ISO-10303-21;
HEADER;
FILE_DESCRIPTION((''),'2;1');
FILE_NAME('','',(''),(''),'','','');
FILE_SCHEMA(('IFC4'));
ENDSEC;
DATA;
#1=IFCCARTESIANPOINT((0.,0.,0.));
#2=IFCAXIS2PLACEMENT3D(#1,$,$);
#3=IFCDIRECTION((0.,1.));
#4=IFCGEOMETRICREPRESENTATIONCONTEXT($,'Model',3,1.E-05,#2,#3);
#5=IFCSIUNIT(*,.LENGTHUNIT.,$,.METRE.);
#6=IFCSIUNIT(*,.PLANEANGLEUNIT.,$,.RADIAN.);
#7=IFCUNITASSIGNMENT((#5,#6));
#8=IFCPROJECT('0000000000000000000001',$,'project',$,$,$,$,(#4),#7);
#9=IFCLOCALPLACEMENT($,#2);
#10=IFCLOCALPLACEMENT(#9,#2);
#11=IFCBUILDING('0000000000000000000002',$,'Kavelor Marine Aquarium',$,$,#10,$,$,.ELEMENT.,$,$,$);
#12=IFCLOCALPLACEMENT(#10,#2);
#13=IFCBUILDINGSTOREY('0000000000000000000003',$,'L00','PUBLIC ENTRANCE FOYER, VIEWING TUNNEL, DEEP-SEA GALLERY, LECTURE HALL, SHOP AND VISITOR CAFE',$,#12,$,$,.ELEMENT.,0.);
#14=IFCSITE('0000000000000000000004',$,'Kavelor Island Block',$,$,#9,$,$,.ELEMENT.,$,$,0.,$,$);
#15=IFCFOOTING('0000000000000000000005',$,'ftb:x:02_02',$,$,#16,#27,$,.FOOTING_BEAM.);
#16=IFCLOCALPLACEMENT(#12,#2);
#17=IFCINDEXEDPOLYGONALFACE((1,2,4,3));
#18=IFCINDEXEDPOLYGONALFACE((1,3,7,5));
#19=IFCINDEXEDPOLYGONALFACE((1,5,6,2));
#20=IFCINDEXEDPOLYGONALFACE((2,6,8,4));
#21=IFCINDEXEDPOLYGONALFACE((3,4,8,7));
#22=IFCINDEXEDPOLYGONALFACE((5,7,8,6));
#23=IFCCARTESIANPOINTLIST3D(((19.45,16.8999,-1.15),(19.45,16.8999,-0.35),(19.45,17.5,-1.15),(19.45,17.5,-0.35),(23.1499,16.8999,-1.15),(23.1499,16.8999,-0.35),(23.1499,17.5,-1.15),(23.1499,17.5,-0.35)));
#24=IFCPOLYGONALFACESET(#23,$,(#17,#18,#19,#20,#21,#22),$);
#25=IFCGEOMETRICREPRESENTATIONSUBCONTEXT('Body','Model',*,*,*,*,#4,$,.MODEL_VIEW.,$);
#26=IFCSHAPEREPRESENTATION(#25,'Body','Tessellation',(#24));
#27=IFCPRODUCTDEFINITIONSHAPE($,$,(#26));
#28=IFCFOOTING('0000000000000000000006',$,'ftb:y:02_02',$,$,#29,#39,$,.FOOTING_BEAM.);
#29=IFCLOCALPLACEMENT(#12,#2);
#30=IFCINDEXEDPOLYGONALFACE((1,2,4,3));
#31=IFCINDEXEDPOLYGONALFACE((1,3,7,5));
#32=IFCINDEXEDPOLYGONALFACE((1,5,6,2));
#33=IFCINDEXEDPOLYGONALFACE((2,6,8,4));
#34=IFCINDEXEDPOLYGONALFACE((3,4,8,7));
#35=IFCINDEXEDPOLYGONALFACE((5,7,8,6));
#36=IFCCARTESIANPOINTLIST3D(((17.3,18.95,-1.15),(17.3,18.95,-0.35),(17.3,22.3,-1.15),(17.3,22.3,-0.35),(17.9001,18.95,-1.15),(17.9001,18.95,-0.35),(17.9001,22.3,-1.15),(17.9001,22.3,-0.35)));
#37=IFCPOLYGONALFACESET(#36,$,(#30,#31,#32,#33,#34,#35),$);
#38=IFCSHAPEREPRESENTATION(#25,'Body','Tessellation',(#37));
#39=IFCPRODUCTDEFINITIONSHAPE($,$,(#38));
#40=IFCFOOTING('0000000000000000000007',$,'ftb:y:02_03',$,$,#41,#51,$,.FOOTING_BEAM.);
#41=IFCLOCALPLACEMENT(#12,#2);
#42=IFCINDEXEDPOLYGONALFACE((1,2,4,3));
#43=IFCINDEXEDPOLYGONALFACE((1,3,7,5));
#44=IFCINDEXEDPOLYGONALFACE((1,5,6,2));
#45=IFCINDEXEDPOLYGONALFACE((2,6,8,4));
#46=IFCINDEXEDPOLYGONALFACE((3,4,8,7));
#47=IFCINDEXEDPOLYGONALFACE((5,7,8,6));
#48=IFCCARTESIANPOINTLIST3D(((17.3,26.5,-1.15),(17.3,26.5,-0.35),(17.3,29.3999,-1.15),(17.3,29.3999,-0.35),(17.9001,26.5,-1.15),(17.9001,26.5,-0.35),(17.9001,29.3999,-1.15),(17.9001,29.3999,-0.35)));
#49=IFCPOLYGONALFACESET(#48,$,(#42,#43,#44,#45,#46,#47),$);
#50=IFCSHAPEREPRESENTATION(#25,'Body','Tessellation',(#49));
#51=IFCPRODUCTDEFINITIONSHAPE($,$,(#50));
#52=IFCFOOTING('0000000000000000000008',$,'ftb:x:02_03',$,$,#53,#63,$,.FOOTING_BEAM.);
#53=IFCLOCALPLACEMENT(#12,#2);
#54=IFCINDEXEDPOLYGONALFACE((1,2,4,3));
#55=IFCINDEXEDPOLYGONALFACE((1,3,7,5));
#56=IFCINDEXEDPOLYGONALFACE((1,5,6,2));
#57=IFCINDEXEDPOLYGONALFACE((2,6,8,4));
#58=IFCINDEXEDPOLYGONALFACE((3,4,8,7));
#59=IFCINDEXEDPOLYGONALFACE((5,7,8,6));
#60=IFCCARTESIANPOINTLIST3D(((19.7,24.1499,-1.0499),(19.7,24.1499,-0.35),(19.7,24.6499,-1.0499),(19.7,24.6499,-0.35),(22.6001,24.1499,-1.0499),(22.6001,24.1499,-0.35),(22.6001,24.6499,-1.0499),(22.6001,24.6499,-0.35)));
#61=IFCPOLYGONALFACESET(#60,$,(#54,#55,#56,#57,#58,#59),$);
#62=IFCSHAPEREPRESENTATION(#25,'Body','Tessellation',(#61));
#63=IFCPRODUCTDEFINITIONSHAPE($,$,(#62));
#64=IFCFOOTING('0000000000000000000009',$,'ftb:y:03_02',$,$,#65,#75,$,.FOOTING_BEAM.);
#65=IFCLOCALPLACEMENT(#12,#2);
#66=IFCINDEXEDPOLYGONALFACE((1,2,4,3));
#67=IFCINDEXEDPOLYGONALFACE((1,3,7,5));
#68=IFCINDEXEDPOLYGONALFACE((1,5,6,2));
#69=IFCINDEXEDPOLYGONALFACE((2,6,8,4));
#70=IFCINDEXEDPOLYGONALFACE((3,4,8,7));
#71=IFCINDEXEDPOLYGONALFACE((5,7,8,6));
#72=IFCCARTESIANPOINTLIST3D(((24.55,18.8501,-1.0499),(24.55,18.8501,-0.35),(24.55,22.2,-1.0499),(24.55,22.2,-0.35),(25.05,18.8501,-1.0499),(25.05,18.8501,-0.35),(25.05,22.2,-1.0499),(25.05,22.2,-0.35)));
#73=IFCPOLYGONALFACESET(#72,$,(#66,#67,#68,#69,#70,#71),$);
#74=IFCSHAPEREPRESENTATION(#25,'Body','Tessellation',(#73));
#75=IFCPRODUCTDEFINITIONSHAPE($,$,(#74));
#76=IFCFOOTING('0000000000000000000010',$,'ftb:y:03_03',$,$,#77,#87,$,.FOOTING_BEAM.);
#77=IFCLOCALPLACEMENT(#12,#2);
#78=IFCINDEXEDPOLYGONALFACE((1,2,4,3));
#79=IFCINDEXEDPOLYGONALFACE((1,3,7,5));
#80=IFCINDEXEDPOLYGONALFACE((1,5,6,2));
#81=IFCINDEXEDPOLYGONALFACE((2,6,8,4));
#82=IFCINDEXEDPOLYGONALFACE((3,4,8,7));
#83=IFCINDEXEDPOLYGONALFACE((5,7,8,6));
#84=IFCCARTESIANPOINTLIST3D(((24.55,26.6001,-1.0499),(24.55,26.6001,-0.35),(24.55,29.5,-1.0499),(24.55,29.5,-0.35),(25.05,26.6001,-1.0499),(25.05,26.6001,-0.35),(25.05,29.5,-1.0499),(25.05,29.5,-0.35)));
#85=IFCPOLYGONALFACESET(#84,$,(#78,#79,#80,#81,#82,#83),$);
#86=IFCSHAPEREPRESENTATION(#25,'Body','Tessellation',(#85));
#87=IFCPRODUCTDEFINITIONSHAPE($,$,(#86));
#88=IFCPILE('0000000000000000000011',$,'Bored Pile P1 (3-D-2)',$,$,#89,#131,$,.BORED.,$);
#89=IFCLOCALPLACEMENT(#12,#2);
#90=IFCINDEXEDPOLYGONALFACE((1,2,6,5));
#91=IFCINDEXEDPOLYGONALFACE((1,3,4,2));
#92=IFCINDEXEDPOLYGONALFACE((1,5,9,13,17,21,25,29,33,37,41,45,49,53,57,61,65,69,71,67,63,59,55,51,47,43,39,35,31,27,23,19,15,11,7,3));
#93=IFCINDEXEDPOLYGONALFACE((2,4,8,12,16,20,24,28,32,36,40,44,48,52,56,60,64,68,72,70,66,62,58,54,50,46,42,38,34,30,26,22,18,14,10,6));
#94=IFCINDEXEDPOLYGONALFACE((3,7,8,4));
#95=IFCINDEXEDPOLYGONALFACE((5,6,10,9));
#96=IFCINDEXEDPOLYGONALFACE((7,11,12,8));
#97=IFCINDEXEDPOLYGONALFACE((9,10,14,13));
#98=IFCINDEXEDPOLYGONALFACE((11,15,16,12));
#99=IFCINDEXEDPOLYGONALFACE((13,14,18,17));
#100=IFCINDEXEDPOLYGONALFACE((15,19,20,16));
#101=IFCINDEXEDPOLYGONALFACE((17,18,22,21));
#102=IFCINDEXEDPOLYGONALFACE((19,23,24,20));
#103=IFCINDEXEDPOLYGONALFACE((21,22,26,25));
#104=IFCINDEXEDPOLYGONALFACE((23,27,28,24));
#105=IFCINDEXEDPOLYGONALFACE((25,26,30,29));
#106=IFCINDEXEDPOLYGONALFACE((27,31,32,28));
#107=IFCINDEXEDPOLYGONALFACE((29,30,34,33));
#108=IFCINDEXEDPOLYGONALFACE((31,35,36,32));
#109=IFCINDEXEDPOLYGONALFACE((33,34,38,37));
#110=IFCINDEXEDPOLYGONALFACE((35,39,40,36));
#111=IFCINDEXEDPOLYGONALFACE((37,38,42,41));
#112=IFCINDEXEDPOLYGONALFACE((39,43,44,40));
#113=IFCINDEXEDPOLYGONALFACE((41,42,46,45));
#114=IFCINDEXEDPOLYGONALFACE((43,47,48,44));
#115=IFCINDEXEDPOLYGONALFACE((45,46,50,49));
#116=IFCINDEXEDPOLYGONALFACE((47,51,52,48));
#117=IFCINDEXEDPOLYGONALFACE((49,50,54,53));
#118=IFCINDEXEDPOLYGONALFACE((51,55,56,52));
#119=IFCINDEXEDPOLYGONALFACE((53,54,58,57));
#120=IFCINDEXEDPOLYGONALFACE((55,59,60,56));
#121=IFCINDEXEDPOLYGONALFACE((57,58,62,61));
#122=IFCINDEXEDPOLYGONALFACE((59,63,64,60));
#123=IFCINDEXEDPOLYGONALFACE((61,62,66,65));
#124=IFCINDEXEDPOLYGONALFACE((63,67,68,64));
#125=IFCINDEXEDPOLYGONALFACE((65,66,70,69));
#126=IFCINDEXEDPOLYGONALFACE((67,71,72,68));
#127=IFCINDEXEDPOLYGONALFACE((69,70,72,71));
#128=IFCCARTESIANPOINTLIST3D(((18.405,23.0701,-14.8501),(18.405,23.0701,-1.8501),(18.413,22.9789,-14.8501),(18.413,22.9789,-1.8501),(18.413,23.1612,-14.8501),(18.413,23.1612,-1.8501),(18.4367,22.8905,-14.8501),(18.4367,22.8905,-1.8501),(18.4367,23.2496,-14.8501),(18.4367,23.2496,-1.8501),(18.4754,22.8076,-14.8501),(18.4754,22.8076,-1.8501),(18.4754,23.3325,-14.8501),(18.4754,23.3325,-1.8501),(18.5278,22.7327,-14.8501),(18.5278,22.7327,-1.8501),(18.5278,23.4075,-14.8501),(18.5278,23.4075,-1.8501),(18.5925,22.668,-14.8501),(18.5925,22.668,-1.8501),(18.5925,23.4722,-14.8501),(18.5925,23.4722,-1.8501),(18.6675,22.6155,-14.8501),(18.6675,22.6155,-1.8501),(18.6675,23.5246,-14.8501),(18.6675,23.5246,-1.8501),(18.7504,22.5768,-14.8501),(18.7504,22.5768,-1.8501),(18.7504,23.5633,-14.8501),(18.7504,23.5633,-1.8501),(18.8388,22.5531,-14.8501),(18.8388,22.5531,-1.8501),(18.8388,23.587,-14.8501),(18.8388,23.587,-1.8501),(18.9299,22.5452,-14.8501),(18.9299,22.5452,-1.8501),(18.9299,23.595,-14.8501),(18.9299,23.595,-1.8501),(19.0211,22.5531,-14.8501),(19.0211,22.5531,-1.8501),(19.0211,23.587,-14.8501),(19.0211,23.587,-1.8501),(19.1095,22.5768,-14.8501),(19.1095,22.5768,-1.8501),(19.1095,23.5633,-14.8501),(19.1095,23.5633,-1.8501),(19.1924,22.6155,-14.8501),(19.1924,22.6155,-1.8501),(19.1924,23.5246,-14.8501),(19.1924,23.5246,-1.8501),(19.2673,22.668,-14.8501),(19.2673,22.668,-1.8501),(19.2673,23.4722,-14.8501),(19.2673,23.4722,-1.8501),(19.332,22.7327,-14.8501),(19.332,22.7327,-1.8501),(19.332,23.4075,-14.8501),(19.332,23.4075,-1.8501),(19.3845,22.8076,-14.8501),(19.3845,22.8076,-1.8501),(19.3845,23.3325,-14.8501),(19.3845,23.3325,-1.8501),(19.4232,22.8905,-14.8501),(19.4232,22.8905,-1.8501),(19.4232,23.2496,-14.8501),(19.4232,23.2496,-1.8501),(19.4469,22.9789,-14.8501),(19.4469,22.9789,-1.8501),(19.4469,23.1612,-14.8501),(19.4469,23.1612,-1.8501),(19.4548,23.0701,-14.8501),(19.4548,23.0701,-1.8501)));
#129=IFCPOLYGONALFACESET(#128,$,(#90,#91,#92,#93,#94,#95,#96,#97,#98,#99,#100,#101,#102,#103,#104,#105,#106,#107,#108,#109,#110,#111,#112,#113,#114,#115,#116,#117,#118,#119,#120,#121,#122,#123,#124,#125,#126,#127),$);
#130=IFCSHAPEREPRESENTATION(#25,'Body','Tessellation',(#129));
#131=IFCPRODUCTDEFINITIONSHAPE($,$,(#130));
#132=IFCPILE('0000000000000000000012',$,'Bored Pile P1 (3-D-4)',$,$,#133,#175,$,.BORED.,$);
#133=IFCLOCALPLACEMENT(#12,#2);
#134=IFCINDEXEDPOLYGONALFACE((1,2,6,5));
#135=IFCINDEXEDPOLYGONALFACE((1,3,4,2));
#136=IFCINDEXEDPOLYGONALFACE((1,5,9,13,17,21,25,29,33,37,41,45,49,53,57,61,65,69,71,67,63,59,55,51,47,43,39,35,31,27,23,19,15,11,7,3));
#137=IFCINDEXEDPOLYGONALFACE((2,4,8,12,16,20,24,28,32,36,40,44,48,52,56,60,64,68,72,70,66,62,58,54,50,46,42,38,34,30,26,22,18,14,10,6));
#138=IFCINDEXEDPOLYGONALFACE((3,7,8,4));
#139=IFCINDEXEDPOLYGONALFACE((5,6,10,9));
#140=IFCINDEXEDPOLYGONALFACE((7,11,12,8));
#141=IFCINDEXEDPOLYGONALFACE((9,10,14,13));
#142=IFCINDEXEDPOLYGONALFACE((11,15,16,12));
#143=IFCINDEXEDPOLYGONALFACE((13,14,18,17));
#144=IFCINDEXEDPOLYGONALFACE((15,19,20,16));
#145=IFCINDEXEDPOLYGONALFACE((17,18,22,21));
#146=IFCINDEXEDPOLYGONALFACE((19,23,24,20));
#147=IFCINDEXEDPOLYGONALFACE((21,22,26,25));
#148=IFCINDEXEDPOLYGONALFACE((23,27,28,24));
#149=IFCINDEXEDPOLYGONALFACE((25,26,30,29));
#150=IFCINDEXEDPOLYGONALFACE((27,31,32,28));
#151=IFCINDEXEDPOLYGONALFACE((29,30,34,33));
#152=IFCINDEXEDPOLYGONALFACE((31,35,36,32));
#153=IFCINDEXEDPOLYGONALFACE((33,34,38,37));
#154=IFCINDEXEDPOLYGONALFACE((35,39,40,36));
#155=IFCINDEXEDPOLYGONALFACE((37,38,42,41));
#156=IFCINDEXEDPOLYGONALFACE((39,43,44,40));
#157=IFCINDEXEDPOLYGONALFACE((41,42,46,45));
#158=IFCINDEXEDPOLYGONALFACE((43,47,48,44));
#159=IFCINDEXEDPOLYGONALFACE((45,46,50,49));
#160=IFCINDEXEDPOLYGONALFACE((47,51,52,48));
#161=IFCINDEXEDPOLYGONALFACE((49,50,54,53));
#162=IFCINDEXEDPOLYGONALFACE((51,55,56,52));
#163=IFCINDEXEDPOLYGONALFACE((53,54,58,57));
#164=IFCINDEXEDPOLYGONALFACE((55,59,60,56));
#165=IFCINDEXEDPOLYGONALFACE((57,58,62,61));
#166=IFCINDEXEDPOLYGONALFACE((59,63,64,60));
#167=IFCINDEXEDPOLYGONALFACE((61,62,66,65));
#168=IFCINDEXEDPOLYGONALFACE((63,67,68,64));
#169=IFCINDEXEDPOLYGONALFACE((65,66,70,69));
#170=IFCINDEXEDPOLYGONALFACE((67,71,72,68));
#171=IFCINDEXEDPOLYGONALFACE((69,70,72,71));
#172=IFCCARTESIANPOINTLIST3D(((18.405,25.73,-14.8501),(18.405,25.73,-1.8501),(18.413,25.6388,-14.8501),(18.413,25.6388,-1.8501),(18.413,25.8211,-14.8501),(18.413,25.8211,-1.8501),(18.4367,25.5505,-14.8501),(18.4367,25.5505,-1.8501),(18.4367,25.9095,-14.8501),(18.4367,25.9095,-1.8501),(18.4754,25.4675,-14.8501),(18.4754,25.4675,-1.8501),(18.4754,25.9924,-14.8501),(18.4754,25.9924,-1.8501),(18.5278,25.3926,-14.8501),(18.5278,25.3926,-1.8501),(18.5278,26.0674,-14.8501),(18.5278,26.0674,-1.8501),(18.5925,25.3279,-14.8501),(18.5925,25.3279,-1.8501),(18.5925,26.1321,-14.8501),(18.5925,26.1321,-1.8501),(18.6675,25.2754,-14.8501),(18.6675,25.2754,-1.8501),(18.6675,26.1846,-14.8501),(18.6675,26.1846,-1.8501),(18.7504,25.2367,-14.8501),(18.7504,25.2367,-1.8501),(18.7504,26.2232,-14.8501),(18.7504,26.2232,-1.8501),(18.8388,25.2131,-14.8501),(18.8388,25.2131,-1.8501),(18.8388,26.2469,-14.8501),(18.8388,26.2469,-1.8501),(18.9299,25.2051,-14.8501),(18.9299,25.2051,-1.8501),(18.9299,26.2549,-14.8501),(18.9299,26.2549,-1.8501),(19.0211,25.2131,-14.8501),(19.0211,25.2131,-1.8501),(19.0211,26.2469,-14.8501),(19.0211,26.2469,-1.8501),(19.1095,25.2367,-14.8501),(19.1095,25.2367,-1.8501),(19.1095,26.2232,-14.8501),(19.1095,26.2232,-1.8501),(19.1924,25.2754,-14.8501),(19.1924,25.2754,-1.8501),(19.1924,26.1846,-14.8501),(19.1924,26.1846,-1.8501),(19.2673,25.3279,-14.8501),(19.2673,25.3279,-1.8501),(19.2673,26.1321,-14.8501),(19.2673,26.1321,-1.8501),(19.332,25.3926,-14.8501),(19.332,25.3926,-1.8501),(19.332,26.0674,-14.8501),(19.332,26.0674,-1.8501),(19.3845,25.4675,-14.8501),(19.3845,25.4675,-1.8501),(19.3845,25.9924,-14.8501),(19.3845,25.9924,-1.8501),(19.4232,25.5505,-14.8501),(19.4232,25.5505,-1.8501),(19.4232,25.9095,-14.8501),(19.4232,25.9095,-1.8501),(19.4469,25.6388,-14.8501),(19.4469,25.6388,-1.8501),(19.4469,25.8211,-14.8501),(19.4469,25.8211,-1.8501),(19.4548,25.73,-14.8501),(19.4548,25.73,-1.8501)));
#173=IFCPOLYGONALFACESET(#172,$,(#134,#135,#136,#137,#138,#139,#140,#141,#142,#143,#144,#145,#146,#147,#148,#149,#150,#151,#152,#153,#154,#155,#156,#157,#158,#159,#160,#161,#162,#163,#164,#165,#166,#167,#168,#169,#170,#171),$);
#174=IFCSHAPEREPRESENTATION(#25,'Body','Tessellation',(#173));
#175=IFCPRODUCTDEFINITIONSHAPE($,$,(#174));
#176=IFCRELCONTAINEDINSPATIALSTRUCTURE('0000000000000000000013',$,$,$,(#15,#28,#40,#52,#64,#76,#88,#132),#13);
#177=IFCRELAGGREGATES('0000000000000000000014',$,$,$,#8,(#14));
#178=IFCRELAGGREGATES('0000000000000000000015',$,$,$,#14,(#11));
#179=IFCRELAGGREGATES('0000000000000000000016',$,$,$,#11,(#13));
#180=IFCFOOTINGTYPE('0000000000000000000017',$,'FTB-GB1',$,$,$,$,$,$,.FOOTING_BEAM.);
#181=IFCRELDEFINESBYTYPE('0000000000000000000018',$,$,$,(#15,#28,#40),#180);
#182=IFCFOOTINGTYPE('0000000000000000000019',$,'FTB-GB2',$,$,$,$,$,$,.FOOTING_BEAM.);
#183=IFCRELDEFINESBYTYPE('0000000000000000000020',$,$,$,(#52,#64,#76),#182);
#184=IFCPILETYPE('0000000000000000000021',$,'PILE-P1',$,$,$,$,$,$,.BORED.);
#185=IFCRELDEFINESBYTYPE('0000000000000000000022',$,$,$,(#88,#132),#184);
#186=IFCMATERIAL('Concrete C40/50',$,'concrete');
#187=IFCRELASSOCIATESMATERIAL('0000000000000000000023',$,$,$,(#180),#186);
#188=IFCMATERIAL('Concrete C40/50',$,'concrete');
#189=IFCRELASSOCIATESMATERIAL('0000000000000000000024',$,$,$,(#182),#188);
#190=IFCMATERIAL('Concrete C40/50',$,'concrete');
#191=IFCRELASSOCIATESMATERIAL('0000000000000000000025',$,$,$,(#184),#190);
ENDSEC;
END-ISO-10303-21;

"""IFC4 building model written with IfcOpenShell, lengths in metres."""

from ifc_helpers import new_model, si_unit, direction, frame, origin, origin_2d, place, context, subcontext, project, spatial, rectangle, circle, extrude, material, material_profile, profile_set, type_object, element, save


model = new_model("IFC4")

# Units and contexts
model_context = context("Model", 3, precision=1e-05, world=origin(), true_north=direction((0.0, 1.0)))
body_context = subcontext(model_context, "Body", "Model", "MODEL_VIEW")
ifc_project = project(units=[si_unit("LENGTHUNIT", "METRE"), si_unit("PLANEANGLEUNIT", "RADIAN")], contexts=[model_context])

# Site, building, storey
site_placement = place(None, origin())
site = spatial("IfcSite", under=ifc_project, at=site_placement, Name="Kavelor Island Block", CompositionType="ELEMENT", RefElevation=0.0)
building_placement = place(site_placement, origin())
building = spatial("IfcBuilding", under=site, at=building_placement, Name="Kavelor Marine Aquarium", CompositionType="ELEMENT")
storey_placement = place(building_placement, origin())
storey = spatial("IfcBuildingStorey", under=building, at=storey_placement, Name="L00", Description="PUBLIC ENTRANCE FOYER, VIEWING TUNNEL, DEEP-SEA GALLERY, LECTURE HALL, SHOP AND VISITOR CAFE", CompositionType="ELEMENT", Elevation=0.0)

# Footings
ifc_material_1 = material(Name="Concrete C40/50", Category="concrete")
ifc_material_profile_1 = material_profile(ifc_material_1, rectangle(XDim=0.6001, YDim=0.8, at=origin_2d()), Name="GB 600x800")
ifc_profile_set_1 = profile_set([ifc_material_profile_1], Name="Concrete C40/50")
footing_type_1 = type_object("IfcFootingType", Name="FTB-GB1", PredefinedType="FOOTING_BEAM", material=ifc_profile_set_1)
footing_1_placement = place(storey_placement, frame((19.45, 17.2, -0.75), z_axis=(1.0, 0.0, 0.0), x_axis=(0.0, 1.0, 0.0)))
element("IfcFooting", 1, at=footing_1_placement, inside=storey, type_object=footing_type_1, Name="ftb:x:02_02", PredefinedType="FOOTING_BEAM", context=body_context, shape_type="SweptSolid", body=[
    extrude(rectangle(XDim=0.6001, YDim=0.8, at=origin_2d()), origin(), (0.0, 0.0, 1.0), 3.7),
])
footing_2_placement = place(storey_placement, frame((17.6001, 18.95, -0.75), z_axis=(0.0, 1.0, 0.0), x_axis=(-1.0, 0.0, 0.0)))
element("IfcFooting", 2, at=footing_2_placement, inside=storey, type_object=footing_type_1, Name="ftb:y:02_02", PredefinedType="FOOTING_BEAM", context=body_context, shape_type="SweptSolid", body=[
    extrude(rectangle(XDim=0.6001, YDim=0.8, at=origin_2d()), origin(), (0.0, 0.0, 1.0), 3.3501),
])
footing_3_placement = place(storey_placement, frame((17.6001, 26.5, -0.75), z_axis=(0.0, 1.0, 0.0), x_axis=(-1.0, 0.0, 0.0)))
element("IfcFooting", 3, at=footing_3_placement, inside=storey, type_object=footing_type_1, Name="ftb:y:02_03", PredefinedType="FOOTING_BEAM", context=body_context, shape_type="SweptSolid", body=[
    extrude(rectangle(XDim=0.6001, YDim=0.8, at=origin_2d()), origin(), (0.0, 0.0, 1.0), 2.8999),
])
ifc_material_2 = material(Name="Concrete C40/50", Category="concrete")
ifc_material_profile_2 = material_profile(ifc_material_2, rectangle(XDim=0.5, YDim=0.7, at=origin_2d()), Name="GB 500x700")
ifc_profile_set_2 = profile_set([ifc_material_profile_2], Name="Concrete C40/50")
footing_type_2 = type_object("IfcFootingType", Name="FTB-GB2", PredefinedType="FOOTING_BEAM", material=ifc_profile_set_2)
footing_4_placement = place(storey_placement, frame((19.7, 24.3999, -0.7), z_axis=(1.0, 0.0, 0.0), x_axis=(0.0, 1.0, 0.0)))
element("IfcFooting", 4, at=footing_4_placement, inside=storey, type_object=footing_type_2, Name="ftb:x:02_03", PredefinedType="FOOTING_BEAM", context=body_context, shape_type="SweptSolid", body=[
    extrude(rectangle(XDim=0.5, YDim=0.7, at=origin_2d()), origin(), (0.0, 0.0, 1.0), 2.9001),
])
footing_5_placement = place(storey_placement, frame((24.8, 18.8501, -0.7), z_axis=(0.0, 1.0, 0.0), x_axis=(-1.0, 0.0, 0.0)))
element("IfcFooting", 5, at=footing_5_placement, inside=storey, type_object=footing_type_2, Name="ftb:y:03_02", PredefinedType="FOOTING_BEAM", context=body_context, shape_type="SweptSolid", body=[
    extrude(rectangle(XDim=0.5, YDim=0.7, at=origin_2d()), origin(), (0.0, 0.0, 1.0), 3.3499),
])
footing_6_placement = place(storey_placement, frame((24.8, 26.6001, -0.7), z_axis=(0.0, 1.0, 0.0), x_axis=(-1.0, 0.0, 0.0)))
element("IfcFooting", 6, at=footing_6_placement, inside=storey, type_object=footing_type_2, Name="ftb:y:03_03", PredefinedType="FOOTING_BEAM", context=body_context, shape_type="SweptSolid", body=[
    extrude(rectangle(XDim=0.5, YDim=0.7, at=origin_2d()), origin(), (0.0, 0.0, 1.0), 2.8999),
])

# Piles
ifc_material_3 = material(Name="Concrete C40/50", Category="concrete")
ifc_material_profile_3 = material_profile(ifc_material_3, circle(Radius=0.5249, at=origin_2d()), Name="PILE D1050")
ifc_profile_set_3 = profile_set([ifc_material_profile_3], Name="Concrete C40/50")
pile_type_1 = type_object("IfcPileType", Name="PILE-P1", PredefinedType="BORED", material=ifc_profile_set_3)
for number, where, z_axis, x_axis, name in (
    (7, (18.9299, 23.0701, -1.8501), (0.0, 0.0, -1.0), (1.0, 0.0, 0.0), "Bored Pile P1 (3-D-2)"),
    (8, (18.9299, 25.73, -1.8501), (0.0, 0.0, -1.0), (1.0, 0.0, 0.0), "Bored Pile P1 (3-D-4)"),
):
    element("IfcPile", number, at=place(storey_placement, frame(where, z_axis=z_axis, x_axis=x_axis)), inside=storey, type_object=pile_type_1, Name=name, PredefinedType="BORED", context=body_context, shape_type="SweptSolid", body=[
        extrude(circle(Radius=0.5249, at=origin_2d()), origin(), (0.0, 0.0, 1.0), 13.0),
    ])

save(model, "model.ifc")
